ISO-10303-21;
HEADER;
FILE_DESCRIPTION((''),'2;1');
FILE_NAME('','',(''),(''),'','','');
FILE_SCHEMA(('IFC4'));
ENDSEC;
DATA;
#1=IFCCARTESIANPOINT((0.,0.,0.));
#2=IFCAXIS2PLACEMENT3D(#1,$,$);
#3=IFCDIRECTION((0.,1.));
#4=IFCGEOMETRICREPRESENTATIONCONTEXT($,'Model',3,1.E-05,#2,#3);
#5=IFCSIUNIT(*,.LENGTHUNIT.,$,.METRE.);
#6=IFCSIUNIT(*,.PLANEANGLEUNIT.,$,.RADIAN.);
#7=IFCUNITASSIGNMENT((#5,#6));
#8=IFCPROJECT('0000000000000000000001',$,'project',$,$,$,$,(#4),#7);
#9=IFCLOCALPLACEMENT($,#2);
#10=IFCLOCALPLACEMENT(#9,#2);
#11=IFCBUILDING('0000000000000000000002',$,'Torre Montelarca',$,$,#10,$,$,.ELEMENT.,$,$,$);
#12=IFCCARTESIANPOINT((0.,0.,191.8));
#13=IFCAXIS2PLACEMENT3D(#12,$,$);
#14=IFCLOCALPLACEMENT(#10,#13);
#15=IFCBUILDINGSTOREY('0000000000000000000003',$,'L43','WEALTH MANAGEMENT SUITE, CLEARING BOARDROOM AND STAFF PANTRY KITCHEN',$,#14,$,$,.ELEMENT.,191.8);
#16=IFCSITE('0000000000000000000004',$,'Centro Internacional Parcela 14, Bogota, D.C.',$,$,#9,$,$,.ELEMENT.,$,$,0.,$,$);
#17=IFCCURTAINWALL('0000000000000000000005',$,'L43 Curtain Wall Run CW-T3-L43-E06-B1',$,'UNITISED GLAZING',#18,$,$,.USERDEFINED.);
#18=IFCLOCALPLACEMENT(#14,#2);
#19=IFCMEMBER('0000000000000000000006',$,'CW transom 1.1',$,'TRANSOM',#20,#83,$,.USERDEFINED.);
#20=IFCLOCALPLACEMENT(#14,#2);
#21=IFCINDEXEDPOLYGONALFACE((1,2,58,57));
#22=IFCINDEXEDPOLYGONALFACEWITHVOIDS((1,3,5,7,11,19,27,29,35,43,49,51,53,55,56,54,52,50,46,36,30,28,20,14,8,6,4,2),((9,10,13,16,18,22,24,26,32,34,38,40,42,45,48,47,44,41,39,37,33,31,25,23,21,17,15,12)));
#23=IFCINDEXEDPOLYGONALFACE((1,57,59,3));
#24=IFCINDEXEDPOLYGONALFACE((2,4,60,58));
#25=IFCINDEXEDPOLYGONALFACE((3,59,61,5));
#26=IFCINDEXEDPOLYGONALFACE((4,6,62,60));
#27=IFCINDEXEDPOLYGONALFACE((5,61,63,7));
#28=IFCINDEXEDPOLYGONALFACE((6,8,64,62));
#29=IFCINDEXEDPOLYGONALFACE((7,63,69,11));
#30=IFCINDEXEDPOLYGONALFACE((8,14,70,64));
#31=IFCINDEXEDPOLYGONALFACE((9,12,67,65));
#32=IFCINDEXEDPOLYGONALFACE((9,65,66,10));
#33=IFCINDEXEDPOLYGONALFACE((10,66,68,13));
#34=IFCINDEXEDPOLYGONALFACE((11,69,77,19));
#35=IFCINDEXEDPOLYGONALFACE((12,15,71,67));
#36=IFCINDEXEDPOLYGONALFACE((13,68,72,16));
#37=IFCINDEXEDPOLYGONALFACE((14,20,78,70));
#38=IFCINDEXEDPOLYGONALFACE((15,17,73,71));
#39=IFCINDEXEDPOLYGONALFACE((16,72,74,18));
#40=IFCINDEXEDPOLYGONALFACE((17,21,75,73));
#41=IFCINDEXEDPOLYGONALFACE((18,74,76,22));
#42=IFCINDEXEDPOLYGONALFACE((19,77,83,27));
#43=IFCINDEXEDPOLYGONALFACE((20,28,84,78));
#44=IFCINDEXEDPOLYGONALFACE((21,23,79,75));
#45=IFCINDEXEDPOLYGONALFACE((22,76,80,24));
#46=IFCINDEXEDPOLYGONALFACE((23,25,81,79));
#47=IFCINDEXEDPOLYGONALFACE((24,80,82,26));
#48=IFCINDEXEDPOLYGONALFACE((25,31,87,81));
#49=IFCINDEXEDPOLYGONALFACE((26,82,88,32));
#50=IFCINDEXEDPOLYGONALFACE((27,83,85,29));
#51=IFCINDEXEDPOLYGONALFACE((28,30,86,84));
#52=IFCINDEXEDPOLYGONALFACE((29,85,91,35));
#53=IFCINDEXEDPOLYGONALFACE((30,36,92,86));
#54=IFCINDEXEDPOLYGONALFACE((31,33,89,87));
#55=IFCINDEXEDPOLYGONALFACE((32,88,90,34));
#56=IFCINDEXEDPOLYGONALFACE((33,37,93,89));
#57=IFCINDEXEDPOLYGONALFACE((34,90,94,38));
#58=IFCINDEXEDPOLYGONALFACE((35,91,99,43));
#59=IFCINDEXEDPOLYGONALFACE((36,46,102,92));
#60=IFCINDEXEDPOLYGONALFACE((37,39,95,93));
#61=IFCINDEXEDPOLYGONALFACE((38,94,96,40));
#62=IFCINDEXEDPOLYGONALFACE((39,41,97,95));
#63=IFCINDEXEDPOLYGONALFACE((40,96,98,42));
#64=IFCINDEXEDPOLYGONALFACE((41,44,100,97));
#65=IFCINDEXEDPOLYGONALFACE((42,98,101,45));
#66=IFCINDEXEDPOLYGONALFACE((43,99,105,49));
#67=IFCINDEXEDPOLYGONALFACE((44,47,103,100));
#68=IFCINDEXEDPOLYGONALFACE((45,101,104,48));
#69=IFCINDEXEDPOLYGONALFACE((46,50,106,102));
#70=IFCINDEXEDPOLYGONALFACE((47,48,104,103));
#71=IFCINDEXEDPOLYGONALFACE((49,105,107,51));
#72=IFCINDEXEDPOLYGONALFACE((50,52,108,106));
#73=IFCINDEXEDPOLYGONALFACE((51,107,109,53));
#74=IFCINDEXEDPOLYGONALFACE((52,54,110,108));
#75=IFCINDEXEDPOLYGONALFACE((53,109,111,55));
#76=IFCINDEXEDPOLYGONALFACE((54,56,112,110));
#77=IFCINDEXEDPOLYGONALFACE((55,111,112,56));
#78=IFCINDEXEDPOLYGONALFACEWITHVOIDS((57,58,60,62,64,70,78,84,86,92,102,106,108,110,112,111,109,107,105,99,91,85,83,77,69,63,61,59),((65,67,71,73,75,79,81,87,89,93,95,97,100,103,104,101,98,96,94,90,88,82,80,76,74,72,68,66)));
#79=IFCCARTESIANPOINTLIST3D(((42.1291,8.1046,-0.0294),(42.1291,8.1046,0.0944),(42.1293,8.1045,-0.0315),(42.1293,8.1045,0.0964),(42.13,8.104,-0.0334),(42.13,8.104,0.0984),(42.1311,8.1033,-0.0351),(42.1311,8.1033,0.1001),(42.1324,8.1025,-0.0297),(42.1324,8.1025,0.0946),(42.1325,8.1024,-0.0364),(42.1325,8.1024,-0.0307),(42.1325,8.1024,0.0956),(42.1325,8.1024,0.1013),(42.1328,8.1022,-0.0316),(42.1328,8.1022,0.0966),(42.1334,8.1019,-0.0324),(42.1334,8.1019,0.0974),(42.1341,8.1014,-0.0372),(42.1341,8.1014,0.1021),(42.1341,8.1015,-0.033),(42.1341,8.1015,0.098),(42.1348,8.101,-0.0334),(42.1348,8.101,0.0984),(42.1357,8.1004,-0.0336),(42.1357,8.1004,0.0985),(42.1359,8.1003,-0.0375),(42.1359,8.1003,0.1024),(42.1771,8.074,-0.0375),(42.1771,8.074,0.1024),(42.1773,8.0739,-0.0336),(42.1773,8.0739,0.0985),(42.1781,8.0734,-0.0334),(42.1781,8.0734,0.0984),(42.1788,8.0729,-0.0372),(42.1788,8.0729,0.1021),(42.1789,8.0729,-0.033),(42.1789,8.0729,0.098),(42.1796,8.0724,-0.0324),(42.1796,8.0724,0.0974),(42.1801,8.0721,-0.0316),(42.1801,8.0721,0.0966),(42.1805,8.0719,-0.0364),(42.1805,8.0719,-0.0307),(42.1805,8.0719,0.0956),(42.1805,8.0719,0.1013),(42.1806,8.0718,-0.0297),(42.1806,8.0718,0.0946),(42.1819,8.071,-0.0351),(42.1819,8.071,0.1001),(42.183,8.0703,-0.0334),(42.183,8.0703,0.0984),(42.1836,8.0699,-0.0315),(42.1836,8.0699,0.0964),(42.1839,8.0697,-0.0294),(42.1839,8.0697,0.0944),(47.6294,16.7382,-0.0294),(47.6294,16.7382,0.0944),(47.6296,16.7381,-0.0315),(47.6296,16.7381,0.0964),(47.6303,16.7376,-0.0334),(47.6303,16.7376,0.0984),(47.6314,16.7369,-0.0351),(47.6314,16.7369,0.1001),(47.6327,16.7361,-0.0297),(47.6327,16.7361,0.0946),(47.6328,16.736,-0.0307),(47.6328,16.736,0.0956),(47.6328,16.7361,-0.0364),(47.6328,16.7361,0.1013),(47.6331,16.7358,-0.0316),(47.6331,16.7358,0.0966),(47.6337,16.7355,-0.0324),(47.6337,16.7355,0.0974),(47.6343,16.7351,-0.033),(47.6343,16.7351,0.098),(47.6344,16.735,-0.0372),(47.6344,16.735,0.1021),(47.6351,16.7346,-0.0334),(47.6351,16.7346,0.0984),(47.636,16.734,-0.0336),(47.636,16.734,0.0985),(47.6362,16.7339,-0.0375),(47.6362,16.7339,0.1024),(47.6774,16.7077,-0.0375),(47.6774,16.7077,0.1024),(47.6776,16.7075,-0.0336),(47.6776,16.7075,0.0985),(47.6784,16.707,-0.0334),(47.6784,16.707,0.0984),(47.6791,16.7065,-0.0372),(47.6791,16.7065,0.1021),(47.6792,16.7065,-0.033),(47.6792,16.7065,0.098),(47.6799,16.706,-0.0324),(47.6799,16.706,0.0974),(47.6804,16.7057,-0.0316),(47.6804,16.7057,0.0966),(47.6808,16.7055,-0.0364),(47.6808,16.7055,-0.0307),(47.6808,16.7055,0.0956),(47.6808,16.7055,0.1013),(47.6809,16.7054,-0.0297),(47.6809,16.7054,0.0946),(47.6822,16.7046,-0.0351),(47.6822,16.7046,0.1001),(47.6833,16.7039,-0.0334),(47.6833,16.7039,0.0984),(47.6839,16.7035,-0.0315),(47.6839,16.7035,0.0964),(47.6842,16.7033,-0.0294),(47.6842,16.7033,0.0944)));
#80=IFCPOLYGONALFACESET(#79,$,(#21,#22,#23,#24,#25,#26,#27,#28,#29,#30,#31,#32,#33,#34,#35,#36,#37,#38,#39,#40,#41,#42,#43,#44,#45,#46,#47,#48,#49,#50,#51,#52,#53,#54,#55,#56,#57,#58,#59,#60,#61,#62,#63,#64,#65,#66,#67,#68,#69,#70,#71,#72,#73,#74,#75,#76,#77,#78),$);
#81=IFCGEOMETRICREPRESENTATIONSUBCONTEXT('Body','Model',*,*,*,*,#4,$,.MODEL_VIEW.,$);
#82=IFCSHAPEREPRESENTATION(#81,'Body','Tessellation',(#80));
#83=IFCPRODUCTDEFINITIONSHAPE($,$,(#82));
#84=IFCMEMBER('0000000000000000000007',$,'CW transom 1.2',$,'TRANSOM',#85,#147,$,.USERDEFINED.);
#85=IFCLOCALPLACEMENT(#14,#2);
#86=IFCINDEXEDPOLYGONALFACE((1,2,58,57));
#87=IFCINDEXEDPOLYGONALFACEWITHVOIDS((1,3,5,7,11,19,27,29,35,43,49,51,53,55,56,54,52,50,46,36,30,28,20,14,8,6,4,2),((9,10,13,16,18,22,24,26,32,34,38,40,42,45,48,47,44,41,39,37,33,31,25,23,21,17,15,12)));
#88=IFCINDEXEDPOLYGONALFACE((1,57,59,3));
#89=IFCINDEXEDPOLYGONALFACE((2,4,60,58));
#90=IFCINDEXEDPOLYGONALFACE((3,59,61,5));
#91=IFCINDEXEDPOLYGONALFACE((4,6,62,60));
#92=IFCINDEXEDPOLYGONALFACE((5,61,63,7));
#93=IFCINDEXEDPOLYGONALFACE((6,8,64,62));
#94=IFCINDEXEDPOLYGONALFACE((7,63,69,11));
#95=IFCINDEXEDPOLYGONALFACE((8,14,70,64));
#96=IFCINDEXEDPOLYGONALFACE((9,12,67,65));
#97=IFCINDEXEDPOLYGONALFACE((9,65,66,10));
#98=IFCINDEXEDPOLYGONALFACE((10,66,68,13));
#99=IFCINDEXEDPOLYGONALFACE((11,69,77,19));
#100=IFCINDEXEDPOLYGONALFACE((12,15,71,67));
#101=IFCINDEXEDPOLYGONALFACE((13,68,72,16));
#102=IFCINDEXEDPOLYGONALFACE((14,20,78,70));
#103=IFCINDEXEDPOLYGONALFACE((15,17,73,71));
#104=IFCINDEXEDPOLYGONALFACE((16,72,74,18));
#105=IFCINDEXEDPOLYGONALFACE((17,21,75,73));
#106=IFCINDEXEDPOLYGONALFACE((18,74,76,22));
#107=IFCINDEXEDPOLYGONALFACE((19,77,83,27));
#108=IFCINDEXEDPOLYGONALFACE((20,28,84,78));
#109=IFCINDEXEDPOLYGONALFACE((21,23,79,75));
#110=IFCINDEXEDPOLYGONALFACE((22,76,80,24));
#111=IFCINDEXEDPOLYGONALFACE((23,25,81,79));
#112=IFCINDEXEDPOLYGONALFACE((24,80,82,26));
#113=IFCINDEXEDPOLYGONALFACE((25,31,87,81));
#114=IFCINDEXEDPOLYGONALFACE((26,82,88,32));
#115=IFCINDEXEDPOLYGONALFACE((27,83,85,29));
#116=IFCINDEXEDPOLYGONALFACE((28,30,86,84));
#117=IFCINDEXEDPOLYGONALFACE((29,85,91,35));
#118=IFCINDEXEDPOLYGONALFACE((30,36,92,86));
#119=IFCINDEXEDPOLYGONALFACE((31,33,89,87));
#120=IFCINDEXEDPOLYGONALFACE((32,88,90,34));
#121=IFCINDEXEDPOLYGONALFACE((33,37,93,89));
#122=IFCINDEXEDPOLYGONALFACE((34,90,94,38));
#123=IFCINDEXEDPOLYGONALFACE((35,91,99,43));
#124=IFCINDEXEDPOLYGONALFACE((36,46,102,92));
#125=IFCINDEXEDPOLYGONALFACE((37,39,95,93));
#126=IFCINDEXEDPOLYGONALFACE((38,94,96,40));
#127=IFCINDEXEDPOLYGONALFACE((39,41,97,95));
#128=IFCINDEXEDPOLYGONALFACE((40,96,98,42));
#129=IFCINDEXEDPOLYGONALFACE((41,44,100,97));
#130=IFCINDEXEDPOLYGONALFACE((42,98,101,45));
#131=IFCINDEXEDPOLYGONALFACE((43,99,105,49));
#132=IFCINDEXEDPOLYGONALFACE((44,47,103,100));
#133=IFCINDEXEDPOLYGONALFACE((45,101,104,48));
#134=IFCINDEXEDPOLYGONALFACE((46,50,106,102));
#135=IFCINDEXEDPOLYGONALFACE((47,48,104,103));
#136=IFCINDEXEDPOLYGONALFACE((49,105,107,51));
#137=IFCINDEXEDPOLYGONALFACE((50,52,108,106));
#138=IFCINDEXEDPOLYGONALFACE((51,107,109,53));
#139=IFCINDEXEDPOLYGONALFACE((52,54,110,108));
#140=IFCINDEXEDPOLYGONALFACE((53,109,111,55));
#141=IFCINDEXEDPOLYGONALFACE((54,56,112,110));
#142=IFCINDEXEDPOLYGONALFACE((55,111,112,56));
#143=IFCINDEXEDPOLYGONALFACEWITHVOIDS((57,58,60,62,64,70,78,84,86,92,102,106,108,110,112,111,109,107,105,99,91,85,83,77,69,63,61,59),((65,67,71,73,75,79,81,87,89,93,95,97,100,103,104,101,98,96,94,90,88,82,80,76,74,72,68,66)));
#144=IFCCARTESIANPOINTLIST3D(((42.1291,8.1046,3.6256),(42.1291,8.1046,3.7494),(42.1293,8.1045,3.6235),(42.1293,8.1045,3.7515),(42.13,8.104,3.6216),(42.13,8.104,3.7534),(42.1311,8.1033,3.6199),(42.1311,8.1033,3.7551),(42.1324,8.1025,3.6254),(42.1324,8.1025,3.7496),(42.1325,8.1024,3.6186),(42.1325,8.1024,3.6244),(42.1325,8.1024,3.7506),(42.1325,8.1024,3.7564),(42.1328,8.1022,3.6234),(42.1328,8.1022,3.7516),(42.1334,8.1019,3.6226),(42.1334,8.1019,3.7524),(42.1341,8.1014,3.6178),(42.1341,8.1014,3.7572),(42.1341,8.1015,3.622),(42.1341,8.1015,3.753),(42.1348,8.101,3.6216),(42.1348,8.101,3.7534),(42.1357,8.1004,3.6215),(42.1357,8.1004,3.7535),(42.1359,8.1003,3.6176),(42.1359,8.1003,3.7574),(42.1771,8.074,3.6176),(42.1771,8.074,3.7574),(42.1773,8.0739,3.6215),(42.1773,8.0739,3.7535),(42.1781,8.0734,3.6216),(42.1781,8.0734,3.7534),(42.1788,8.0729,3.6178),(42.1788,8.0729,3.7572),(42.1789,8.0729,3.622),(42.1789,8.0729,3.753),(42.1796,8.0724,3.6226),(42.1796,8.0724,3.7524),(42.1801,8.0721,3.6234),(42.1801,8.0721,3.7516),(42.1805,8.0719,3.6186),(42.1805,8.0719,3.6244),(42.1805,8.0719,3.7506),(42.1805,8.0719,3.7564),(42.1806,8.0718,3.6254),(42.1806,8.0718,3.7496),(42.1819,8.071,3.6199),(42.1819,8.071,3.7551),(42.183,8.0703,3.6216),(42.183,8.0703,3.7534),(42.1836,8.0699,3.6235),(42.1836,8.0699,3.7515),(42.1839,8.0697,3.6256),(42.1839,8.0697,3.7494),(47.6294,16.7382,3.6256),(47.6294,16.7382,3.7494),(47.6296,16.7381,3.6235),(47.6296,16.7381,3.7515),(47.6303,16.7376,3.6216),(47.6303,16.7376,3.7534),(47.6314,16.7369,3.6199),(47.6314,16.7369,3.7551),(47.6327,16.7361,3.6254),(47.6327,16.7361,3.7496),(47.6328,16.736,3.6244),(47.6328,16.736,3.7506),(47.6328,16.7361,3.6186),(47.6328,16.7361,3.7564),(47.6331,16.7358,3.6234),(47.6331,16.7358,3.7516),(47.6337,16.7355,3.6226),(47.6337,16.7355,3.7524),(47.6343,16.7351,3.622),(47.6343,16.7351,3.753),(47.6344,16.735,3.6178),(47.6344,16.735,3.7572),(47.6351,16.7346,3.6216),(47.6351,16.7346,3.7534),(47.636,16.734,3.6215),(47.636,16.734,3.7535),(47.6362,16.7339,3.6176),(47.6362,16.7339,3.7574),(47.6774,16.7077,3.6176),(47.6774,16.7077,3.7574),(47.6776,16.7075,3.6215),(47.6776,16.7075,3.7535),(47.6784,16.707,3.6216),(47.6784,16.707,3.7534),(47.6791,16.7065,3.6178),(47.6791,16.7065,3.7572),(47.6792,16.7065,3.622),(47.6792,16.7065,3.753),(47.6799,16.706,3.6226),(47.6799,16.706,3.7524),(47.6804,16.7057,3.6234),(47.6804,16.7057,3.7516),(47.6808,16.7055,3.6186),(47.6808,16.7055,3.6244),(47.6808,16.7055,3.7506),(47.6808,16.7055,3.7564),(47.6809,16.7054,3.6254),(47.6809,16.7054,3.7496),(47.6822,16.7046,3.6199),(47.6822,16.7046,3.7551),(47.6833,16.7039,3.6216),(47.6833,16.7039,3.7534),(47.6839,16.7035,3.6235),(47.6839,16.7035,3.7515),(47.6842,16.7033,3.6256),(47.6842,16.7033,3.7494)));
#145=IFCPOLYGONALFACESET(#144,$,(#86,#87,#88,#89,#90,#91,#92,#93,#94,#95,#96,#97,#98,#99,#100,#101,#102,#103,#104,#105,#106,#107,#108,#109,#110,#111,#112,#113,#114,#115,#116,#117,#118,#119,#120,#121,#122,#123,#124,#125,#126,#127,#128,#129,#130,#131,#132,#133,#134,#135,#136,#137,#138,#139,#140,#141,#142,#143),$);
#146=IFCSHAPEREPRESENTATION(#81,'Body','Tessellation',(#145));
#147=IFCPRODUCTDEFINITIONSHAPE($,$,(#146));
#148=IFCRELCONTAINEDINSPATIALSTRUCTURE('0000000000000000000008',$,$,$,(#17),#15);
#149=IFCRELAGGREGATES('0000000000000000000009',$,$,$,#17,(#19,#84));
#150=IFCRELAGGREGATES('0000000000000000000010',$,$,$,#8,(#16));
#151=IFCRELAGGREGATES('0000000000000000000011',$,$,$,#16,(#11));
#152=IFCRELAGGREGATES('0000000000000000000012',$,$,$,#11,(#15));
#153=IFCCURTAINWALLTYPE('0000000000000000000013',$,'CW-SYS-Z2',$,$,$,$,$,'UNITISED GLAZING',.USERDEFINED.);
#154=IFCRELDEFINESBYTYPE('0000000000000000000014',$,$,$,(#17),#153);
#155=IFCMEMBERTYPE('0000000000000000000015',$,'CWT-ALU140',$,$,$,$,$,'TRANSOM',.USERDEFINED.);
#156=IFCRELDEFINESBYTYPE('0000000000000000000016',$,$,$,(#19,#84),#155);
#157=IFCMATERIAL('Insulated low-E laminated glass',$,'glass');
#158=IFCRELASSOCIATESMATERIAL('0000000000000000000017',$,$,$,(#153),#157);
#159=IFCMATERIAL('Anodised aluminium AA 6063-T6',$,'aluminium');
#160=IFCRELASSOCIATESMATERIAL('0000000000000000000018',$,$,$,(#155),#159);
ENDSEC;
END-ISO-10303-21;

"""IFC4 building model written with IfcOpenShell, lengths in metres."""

from ifc_helpers import new_model, si_unit, direction, frame, origin, origin_2d, place, context, subcontext, project, spatial, hollow_rectangle, extrude, source, transform, mapped, material, material_profile, profile_set, type_object, element, aggregate, save


model = new_model("IFC4")

# Units and contexts
model_context = context("Model", 3, precision=1e-05, world=origin(), true_north=direction((0.0, 1.0)))
body_context = subcontext(model_context, "Body", "Model", "MODEL_VIEW")
ifc_project = project(units=[si_unit("LENGTHUNIT", "METRE"), si_unit("PLANEANGLEUNIT", "RADIAN")], contexts=[model_context])

# Site, building, storey
site_placement = place(None, origin())
site = spatial("IfcSite", under=ifc_project, at=site_placement, Name="Centro Internacional Parcela 14, Bogota, D.C.", CompositionType="ELEMENT", RefElevation=0.0)
building_placement = place(site_placement, origin())
building = spatial("IfcBuilding", under=site, at=building_placement, Name="Torre Montelarca", CompositionType="ELEMENT")
storey_placement = place(building_placement, frame((0.0, 0.0, 191.8)))
storey = spatial("IfcBuildingStorey", under=building, at=storey_placement, Name="L43", Description="WEALTH MANAGEMENT SUITE, CLEARING BOARDROOM AND STAFF PANTRY KITCHEN", CompositionType="ELEMENT", Elevation=191.8)

# Shared definitions
ifc_material_1 = material(Name="Insulated low-E laminated glass", Category="glass")
curtain_wall_type = type_object("IfcCurtainWallType", Name="CW-SYS-Z2", ElementType="UNITISED GLAZING", PredefinedType="USERDEFINED", material=ifc_material_1)
ifc_material_2 = material(Name="Anodised aluminium AA 6063-T6", Category="aluminium")
ifc_material_profile_1 = material_profile(ifc_material_2, hollow_rectangle(XDim=0.0649, YDim=0.1399, WallThickness=0.0039, InnerFilletRadius=0.0039, OuterFilletRadius=0.0081, at=origin_2d()), Name="ALU65X140X4", Category="aluminium")
ifc_profile_set_1 = profile_set([ifc_material_profile_1], Name="Anodised aluminium AA 6063-T6")
member_type_1 = type_object("IfcMemberType", Name="CWT-ALU140", ElementType="TRANSOM", PredefinedType="USERDEFINED", material=ifc_profile_set_1)

# Curtain wall, members
curtain_wall_1_placement = place(storey_placement, origin())
curtain_wall_1 = element("IfcCurtainWall", 1, at=curtain_wall_1_placement, inside=storey, type_object=curtain_wall_type, Name="L43 Curtain Wall Run CW-T3-L43-E06-B1", ObjectType="UNITISED GLAZING", PredefinedType="USERDEFINED")
shared_shape_1 = source(origin(), body_context, "Body", "SweptSolid", [
    extrude(hollow_rectangle(XDim=0.0649, YDim=0.1399, WallThickness=0.0039, InnerFilletRadius=0.0039, OuterFilletRadius=0.0081, at=origin_2d()), origin(), (0.0, 0.0, 1.0), 10.2368),
])
member_1_placement = place(storey_placement, frame((42.1565, 8.0872, 0.0325), z_axis=(0.537304, 0.843388, 0.0), x_axis=(-0.843388, 0.537304, 0.0)))
member_1 = element("IfcMember", 2, at=member_1_placement, type_object=member_type_1, Name="CW transom 1.1", ObjectType="TRANSOM", PredefinedType="USERDEFINED", context=body_context, shape_type="MappedRepresentation", body=[
    mapped(shared_shape_1, transform((0.0, 0.0, 0.0), scale=1.0)),
])
member_2_placement = place(storey_placement, frame((42.1565, 8.0872, 3.6875), z_axis=(0.537304, 0.843388, 0.0), x_axis=(-0.843388, 0.537304, 0.0)))
member_2 = element("IfcMember", 3, at=member_2_placement, type_object=member_type_1, Name="CW transom 1.2", ObjectType="TRANSOM", PredefinedType="USERDEFINED", context=body_context, shape_type="MappedRepresentation", body=[
    mapped(shared_shape_1, transform((0.0, 0.0, 0.0), scale=1.0)),
])

aggregate(curtain_wall_1, [member_1, member_2])

save(model, "model.ifc")
